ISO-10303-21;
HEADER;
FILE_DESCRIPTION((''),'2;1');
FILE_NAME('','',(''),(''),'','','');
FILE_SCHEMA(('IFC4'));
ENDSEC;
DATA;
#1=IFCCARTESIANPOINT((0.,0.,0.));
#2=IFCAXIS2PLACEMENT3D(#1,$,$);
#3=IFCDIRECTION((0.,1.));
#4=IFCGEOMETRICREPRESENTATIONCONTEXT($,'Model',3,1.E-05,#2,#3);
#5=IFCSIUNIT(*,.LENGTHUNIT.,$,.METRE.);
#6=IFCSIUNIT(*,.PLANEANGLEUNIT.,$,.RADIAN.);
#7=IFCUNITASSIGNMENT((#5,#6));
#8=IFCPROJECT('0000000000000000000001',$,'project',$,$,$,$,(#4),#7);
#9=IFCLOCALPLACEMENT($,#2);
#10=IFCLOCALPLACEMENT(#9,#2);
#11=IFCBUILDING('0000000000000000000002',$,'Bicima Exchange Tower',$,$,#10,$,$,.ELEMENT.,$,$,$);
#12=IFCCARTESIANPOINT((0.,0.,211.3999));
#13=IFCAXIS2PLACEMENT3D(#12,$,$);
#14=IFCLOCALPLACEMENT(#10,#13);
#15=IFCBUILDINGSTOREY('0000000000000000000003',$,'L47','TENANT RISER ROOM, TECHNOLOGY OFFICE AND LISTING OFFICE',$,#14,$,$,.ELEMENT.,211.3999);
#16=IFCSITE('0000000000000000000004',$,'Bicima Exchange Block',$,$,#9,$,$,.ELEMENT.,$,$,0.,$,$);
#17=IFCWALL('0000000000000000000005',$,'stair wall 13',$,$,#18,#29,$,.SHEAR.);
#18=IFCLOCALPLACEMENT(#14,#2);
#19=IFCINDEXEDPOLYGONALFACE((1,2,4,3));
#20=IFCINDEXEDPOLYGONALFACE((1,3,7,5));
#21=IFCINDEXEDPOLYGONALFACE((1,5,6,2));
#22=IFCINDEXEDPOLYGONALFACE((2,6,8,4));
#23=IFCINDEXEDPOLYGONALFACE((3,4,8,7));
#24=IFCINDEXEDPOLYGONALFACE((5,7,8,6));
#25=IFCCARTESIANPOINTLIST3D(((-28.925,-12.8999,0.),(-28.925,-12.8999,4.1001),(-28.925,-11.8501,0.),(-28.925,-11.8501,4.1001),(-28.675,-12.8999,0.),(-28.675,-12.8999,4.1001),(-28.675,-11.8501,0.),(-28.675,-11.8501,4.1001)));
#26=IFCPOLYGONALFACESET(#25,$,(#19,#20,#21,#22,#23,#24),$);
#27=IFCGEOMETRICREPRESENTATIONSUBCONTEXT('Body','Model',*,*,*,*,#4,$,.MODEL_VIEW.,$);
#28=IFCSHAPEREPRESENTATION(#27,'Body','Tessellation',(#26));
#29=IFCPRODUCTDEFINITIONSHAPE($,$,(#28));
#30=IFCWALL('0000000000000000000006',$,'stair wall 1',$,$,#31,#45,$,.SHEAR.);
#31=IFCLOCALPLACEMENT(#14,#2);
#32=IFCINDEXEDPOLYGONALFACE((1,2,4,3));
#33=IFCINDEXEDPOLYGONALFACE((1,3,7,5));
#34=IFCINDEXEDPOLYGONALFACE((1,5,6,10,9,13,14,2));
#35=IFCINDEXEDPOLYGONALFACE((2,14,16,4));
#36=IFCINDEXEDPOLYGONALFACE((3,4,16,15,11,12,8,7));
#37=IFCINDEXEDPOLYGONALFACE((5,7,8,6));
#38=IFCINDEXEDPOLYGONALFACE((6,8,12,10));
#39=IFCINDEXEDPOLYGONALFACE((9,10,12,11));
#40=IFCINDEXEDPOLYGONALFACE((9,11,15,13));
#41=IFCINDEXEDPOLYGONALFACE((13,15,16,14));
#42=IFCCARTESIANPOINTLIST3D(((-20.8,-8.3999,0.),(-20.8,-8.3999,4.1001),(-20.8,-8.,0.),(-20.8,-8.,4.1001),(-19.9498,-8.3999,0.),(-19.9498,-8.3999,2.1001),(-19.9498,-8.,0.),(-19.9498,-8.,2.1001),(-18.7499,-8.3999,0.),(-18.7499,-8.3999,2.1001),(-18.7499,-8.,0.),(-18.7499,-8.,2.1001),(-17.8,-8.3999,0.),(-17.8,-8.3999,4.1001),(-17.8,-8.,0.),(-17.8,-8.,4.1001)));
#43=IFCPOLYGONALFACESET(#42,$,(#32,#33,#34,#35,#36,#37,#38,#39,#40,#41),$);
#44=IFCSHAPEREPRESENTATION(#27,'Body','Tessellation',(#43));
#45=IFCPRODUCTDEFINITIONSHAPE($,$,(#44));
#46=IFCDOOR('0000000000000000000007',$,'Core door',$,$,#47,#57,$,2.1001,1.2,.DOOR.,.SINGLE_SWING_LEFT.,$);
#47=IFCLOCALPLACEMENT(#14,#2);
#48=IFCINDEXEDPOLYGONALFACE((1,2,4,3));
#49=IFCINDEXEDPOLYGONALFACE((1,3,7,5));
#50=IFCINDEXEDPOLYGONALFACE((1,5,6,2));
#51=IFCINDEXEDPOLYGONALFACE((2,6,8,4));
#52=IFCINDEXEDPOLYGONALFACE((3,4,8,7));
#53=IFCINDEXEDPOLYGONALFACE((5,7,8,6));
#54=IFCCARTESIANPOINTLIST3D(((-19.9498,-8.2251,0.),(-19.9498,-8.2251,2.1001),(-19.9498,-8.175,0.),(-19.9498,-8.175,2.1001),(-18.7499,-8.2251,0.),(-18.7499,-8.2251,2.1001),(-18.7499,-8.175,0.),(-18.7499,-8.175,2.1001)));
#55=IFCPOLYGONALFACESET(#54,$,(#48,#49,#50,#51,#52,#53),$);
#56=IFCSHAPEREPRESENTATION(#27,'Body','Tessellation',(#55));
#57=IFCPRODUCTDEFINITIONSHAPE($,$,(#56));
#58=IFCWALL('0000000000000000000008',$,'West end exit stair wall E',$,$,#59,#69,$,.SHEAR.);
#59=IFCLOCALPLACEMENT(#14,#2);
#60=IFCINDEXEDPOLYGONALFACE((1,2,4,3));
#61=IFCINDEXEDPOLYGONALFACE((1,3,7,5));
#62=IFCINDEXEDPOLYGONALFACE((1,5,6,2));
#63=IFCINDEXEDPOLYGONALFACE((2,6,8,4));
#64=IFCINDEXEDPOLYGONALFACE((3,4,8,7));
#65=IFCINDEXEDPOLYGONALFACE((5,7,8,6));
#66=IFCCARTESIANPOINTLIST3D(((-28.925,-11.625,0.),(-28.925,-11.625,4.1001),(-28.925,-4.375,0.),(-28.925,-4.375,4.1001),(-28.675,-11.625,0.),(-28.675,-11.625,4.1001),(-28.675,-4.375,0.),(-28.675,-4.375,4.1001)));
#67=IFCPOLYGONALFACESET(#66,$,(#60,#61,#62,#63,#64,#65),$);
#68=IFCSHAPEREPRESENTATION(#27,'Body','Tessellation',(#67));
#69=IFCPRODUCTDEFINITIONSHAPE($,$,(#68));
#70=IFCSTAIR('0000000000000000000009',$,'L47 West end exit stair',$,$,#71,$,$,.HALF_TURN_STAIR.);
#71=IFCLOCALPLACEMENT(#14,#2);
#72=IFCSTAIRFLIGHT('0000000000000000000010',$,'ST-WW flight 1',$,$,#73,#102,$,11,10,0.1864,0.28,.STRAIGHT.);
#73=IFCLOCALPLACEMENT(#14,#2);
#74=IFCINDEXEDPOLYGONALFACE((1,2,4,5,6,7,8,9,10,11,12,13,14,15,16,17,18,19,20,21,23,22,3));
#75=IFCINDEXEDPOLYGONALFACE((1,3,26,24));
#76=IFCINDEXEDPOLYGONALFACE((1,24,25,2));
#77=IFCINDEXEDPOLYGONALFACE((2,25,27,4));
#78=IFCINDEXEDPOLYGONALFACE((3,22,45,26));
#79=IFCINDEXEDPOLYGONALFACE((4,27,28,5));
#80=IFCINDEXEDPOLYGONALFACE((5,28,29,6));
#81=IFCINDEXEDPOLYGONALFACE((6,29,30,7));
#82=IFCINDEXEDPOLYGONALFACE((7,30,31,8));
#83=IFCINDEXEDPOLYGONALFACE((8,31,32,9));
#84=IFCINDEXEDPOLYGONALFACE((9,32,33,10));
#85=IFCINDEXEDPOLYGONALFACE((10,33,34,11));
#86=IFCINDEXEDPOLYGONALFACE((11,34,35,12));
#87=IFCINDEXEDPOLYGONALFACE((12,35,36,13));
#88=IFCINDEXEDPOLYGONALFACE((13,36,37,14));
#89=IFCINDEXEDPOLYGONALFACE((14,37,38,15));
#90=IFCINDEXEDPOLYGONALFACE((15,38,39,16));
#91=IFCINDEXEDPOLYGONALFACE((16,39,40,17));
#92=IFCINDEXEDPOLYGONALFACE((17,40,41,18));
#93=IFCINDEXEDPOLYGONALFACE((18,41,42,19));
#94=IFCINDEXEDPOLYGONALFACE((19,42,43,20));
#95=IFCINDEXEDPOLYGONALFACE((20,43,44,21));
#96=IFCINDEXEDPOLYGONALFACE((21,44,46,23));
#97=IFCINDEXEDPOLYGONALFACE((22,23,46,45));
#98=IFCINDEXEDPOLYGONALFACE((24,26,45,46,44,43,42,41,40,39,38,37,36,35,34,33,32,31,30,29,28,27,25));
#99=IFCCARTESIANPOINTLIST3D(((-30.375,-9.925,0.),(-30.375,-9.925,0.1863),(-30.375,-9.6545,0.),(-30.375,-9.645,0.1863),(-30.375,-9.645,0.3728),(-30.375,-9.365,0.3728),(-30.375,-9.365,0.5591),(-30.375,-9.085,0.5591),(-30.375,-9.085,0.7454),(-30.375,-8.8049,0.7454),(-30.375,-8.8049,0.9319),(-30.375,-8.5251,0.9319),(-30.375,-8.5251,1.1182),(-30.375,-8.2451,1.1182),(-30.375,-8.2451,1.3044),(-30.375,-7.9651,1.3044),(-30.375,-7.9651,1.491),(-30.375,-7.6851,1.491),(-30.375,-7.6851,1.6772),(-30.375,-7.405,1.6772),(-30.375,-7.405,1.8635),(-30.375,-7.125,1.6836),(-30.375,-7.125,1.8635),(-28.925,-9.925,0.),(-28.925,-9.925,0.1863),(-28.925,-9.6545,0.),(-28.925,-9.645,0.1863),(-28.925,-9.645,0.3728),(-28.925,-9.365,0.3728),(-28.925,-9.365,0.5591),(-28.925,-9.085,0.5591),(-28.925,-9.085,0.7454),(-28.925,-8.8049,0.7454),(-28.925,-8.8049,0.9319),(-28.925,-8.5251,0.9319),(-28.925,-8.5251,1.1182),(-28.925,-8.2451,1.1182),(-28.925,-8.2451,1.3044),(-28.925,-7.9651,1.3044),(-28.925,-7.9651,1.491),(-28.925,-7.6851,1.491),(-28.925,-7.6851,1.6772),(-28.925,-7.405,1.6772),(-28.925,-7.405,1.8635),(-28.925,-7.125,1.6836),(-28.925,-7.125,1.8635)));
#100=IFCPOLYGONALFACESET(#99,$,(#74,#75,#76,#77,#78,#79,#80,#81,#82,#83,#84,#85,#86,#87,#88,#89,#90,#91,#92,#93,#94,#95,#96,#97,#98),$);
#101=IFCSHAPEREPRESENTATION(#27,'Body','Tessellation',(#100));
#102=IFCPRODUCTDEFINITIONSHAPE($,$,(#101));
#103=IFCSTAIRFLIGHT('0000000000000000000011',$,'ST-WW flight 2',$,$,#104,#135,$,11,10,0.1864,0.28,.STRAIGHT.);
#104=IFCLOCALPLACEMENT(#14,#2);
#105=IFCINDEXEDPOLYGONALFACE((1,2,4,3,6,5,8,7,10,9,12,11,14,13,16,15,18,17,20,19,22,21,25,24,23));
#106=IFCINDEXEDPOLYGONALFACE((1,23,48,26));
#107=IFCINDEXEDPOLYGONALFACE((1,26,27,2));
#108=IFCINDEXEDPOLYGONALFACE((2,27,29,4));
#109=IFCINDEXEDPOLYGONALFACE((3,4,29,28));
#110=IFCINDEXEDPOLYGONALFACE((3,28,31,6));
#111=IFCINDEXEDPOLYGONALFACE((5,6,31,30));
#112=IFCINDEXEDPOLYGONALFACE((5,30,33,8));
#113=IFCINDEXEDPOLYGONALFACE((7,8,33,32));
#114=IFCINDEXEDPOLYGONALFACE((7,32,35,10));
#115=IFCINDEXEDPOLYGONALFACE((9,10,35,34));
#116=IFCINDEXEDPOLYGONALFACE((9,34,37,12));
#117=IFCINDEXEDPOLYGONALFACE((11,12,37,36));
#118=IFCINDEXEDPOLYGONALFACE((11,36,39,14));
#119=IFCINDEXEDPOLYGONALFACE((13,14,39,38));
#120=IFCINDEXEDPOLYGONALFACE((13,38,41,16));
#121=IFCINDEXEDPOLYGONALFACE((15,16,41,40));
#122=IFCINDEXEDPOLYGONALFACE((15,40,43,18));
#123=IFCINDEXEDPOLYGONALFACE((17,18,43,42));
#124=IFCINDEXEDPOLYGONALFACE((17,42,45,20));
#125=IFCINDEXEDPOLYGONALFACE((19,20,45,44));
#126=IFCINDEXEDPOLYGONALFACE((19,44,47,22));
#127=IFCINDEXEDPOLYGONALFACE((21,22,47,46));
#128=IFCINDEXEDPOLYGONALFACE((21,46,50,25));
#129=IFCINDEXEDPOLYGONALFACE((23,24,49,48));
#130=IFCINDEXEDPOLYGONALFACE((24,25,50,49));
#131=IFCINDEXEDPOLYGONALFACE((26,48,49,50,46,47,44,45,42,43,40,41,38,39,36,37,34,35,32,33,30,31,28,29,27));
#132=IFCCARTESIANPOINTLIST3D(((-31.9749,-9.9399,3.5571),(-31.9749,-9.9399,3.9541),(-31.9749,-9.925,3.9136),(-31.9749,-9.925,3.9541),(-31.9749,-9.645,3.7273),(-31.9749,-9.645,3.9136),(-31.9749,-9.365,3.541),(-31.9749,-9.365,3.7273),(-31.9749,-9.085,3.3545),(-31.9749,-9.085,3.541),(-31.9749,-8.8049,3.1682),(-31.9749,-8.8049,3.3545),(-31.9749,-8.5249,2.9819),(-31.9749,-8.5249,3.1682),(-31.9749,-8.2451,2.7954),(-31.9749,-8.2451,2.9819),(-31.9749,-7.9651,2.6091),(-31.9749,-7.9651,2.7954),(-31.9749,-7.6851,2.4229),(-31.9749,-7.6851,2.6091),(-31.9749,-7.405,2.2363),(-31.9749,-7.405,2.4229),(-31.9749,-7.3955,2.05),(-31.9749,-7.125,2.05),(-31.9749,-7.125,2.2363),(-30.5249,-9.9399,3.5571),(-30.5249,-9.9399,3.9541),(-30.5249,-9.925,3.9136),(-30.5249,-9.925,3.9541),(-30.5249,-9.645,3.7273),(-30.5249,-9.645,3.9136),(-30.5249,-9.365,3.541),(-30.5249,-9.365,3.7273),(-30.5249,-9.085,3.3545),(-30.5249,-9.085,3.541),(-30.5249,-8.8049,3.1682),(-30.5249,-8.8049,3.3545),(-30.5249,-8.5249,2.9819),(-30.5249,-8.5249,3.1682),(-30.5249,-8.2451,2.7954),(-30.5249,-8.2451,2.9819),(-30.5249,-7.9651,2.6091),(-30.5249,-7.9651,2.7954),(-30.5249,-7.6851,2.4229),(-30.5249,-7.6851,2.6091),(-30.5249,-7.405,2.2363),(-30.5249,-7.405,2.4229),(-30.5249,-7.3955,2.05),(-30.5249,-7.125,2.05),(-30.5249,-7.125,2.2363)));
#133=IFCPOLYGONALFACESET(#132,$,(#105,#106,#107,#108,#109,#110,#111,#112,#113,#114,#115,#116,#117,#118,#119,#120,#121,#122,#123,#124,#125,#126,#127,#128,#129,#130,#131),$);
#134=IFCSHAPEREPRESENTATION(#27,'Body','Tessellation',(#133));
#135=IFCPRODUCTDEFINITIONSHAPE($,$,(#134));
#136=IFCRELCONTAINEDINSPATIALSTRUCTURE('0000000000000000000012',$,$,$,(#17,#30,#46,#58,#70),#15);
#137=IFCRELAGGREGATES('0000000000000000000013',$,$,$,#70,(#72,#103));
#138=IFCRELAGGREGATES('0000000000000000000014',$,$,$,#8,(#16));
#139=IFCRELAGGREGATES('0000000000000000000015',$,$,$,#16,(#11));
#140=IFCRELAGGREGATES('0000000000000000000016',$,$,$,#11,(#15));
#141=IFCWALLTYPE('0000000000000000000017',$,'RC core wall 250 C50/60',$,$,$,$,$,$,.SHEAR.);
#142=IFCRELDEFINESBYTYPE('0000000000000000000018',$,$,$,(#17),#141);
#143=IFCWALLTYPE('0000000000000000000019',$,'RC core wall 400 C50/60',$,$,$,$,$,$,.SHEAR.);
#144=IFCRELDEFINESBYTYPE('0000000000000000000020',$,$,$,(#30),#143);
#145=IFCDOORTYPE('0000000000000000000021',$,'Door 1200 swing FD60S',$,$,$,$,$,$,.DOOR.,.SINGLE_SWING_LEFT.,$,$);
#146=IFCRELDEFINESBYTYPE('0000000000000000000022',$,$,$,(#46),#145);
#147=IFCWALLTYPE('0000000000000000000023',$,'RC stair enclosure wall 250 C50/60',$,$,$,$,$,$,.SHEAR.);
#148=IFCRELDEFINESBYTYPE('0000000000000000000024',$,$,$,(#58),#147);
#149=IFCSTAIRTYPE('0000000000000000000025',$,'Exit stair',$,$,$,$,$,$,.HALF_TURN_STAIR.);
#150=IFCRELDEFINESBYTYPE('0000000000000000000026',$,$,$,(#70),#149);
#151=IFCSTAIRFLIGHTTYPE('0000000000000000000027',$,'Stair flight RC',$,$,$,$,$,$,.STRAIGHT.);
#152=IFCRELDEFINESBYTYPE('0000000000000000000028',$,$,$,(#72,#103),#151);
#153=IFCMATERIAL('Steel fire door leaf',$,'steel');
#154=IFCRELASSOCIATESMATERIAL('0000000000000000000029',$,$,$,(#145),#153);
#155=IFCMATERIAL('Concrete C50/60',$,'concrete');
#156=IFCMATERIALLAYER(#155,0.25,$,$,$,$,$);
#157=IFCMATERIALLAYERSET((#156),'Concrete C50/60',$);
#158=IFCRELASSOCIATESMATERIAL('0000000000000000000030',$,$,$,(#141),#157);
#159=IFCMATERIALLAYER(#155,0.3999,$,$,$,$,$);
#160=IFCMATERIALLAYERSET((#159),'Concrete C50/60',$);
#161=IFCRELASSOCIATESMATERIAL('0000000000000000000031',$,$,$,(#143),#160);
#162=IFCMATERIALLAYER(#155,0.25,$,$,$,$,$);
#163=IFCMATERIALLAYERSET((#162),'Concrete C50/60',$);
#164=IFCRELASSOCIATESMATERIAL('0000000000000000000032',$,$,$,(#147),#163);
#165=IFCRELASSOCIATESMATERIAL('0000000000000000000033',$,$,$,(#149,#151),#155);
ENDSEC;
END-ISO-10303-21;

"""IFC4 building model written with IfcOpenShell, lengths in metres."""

from ifc_helpers import new_model, si_unit, direction, frame, frame_2d, origin, place, context, subcontext, project, spatial, polyline, rectangle, outline, extrude, material, layer, layer_set, type_object, element, fill, aggregate, save


model = new_model("IFC4")

# Units and contexts
model_context = context("Model", 3, precision=1e-05, world=origin(), true_north=direction((0.0, 1.0)))
body_context = subcontext(model_context, "Body", "Model", "MODEL_VIEW")
ifc_project = project(units=[si_unit("LENGTHUNIT", "METRE"), si_unit("PLANEANGLEUNIT", "RADIAN")], contexts=[model_context])

# Site, building, storey
site_placement = place(None, origin())
site = spatial("IfcSite", under=ifc_project, at=site_placement, Name="Bicima Exchange Block", CompositionType="ELEMENT", RefElevation=0.0)
building_placement = place(site_placement, origin())
building = spatial("IfcBuilding", under=site, at=building_placement, Name="Bicima Exchange Tower", CompositionType="ELEMENT")
storey_placement = place(building_placement, frame((0.0, 0.0, 211.3999)))
storey = spatial("IfcBuildingStorey", under=building, at=storey_placement, Name="L47", Description="TENANT RISER ROOM, TECHNOLOGY OFFICE AND LISTING OFFICE", CompositionType="ELEMENT", Elevation=211.3999)

# Shared definitions
ifc_material_1 = material(Name="Concrete C50/60", Category="concrete")
ifc_material_2 = material(Name="Steel fire door leaf", Category="steel")
door_type_1 = type_object("IfcDoorType", Name="Door 1200 swing FD60S", OperationType="SINGLE_SWING_LEFT", PredefinedType="DOOR", material=ifc_material_2)

# Wall
ifc_layer_1 = layer(ifc_material_1, 0.25)
ifc_layer_set_1 = layer_set([ifc_layer_1], Name="Concrete C50/60")
wall_type_1 = type_object("IfcWallType", Name="RC core wall 250 C50/60", PredefinedType="SHEAR", material=ifc_layer_set_1)
wall_1_placement = place(storey_placement, frame((-28.8, -12.8999, 0.0), z_axis=(0.0, 0.0, 1.0), x_axis=(0.0, 1.0, 0.0)))
element("IfcWall", 1, at=wall_1_placement, inside=storey, type_object=wall_type_1, Name="stair wall 13", PredefinedType="SHEAR", context=body_context, shape_type="SweptSolid", body=[
    extrude(rectangle(XDim=1.0498, YDim=0.25, at=frame_2d((0.5249, 0.0))), origin(), (0.0, 0.0, 1.0), 4.1001),
])

# Wall, opening, door
ifc_layer_2 = layer(ifc_material_1, 0.3999)
ifc_layer_set_2 = layer_set([ifc_layer_2], Name="Concrete C50/60")
wall_type_2 = type_object("IfcWallType", Name="RC core wall 400 C50/60", PredefinedType="SHEAR", material=ifc_layer_set_2)
wall_2_placement = place(storey_placement, frame((-20.8, -8.2, 0.0), z_axis=(0.0, 0.0, 1.0), x_axis=(1.0, 0.0, 0.0)))
wall_2 = element("IfcWall", 2, at=wall_2_placement, inside=storey, type_object=wall_type_2, Name="stair wall 1", PredefinedType="SHEAR", context=body_context, shape_type="SweptSolid", body=[
    extrude(rectangle(XDim=3.0, YDim=0.3999, at=frame_2d((1.5, 0.0))), origin(), (0.0, 0.0, 1.0), 4.1001),
])
opening_1_placement = place(wall_2_placement, frame((0.8501, 0.0, 0.0)))
opening_1 = element("IfcOpeningElement", 3, at=opening_1_placement, cuts=wall_2, PredefinedType="OPENING", context=body_context, shape_type="SweptSolid", body=[
    extrude(rectangle(XDim=1.2, YDim=2.1001, at=frame_2d((0.6001, 1.05))), frame((0.0, 0.2119, 0.0), z_axis=(0.0, -1.0, 0.0), x_axis=(1.0, 0.0, 0.0)), (0.0, 0.0, 1.0), 0.4238),
])
door_1_placement = place(opening_1_placement, origin())
door_1 = element("IfcDoor", 4, at=door_1_placement, inside=storey, type_object=door_type_1, Name="Core door", OperationType="SINGLE_SWING_LEFT", OverallHeight=2.1001, OverallWidth=1.2, PredefinedType="DOOR", context=body_context, shape_type="SweptSolid", body=[
    extrude(rectangle(XDim=1.2, YDim=2.1001, at=frame_2d((0.6001, 1.05))), frame((0.0, 0.0249, 0.0), z_axis=(0.0, -1.0, 0.0), x_axis=(1.0, 0.0, 0.0)), (0.0, 0.0, 1.0), 0.05),
])
fill(opening_1, door_1)

# Wall
ifc_layer_3 = layer(ifc_material_1, 0.25)
ifc_layer_set_3 = layer_set([ifc_layer_3], Name="Concrete C50/60")
wall_type_3 = type_object("IfcWallType", Name="RC stair enclosure wall 250 C50/60", PredefinedType="SHEAR", material=ifc_layer_set_3)
wall_3_placement = place(storey_placement, frame((-28.8, -11.625, 0.0), z_axis=(0.0, 0.0, 1.0), x_axis=(0.0, 1.0, 0.0)))
element("IfcWall", 5, at=wall_3_placement, inside=storey, type_object=wall_type_3, Name="West end exit stair wall E", PredefinedType="SHEAR", context=body_context, shape_type="SweptSolid", body=[
    extrude(rectangle(XDim=7.25, YDim=0.25, at=frame_2d((3.625, 0.0))), origin(), (0.0, 0.0, 1.0), 4.1001),
])

# Stair, stair flights
stair_type = type_object("IfcStairType", Name="Exit stair", PredefinedType="HALF_TURN_STAIR", material=ifc_material_1)
stair_placement = place(storey_placement, origin())
stair = element("IfcStair", 6, at=stair_placement, inside=storey, type_object=stair_type, Name="L47 West end exit stair", PredefinedType="HALF_TURN_STAIR")
stair_flight_type = type_object("IfcStairFlightType", Name="Stair flight RC", PredefinedType="STRAIGHT", material=ifc_material_1)
stair_flight_1_placement = place(storey_placement, frame((-29.6499, -9.925, 0.0), z_axis=(0.0, 0.0, 1.0), x_axis=(0.0, 1.0, 0.0)))
stair_flight_1 = element("IfcStairFlight", 7, at=stair_flight_1_placement, type_object=stair_flight_type, Name="ST-WW flight 1", NumberOfRisers=11, NumberOfTreads=10, PredefinedType="STRAIGHT", RiserHeight=0.1864, TreadLength=0.28, context=body_context, shape_type="SweptSolid", body=[
    extrude(outline(polyline([(0.0, 0.0), (0.0, 0.1863), (0.28, 0.1863), (0.28, 0.3728), (0.5601, 0.3728), (0.5601, 0.5591), (0.8401, 0.5591), (0.8401, 0.7454), (1.1201, 0.7454), (1.1201, 0.9319), (1.3999, 0.9319), (1.3999, 1.1182), (1.6799, 1.1182), (1.6799, 1.3044), (1.96, 1.3044), (1.96, 1.491), (2.24, 1.491), (2.24, 1.6772), (2.52, 1.6772), (2.52, 1.8635), (2.8, 1.8635), (2.8, 2.05), (2.8, 1.6836), (0.2705, 0.0), (0.0, 0.0)])), frame((0.0, 0.7251, 0.0), z_axis=(0.0, -1.0, 0.0), x_axis=(1.0, 0.0, 0.0)), (0.0, 0.0, 1.0), 1.45),
])
stair_flight_2_placement = place(storey_placement, frame((-31.25, -7.125, 2.05), z_axis=(0.0, 0.0, 1.0), x_axis=(0.0, -1.0, 0.0)))
stair_flight_2 = element("IfcStairFlight", 8, at=stair_flight_2_placement, type_object=stair_flight_type, Name="ST-WW flight 2", NumberOfRisers=11, NumberOfTreads=10, PredefinedType="STRAIGHT", RiserHeight=0.1864, TreadLength=0.28, context=body_context, shape_type="SweptSolid", body=[
    extrude(outline(polyline([(0.0, 0.0), (0.0, 0.1863), (0.28, 0.1863), (0.28, 0.3728), (0.5601, 0.3728), (0.5601, 0.5591), (0.8401, 0.5591), (0.8401, 0.7454), (1.1201, 0.7454), (1.1201, 0.9319), (1.3999, 0.9319), (1.3999, 1.1182), (1.6799, 1.1182), (1.6799, 1.3044), (1.96, 1.3044), (1.96, 1.491), (2.24, 1.491), (2.24, 1.6772), (2.52, 1.6772), (2.52, 1.8635), (2.8, 1.8635), (2.8, 1.9041), (2.8149, 1.9041), (2.8149, 1.5071), (0.2705, 0.0), (0.0, 0.0)])), frame((0.0, 0.7251, 0.0), z_axis=(0.0, -1.0, 0.0), x_axis=(1.0, 0.0, 0.0)), (0.0, 0.0, 1.0), 1.45),
])
aggregate(stair, [stair_flight_1, stair_flight_2])

save(model, "model.ifc")
